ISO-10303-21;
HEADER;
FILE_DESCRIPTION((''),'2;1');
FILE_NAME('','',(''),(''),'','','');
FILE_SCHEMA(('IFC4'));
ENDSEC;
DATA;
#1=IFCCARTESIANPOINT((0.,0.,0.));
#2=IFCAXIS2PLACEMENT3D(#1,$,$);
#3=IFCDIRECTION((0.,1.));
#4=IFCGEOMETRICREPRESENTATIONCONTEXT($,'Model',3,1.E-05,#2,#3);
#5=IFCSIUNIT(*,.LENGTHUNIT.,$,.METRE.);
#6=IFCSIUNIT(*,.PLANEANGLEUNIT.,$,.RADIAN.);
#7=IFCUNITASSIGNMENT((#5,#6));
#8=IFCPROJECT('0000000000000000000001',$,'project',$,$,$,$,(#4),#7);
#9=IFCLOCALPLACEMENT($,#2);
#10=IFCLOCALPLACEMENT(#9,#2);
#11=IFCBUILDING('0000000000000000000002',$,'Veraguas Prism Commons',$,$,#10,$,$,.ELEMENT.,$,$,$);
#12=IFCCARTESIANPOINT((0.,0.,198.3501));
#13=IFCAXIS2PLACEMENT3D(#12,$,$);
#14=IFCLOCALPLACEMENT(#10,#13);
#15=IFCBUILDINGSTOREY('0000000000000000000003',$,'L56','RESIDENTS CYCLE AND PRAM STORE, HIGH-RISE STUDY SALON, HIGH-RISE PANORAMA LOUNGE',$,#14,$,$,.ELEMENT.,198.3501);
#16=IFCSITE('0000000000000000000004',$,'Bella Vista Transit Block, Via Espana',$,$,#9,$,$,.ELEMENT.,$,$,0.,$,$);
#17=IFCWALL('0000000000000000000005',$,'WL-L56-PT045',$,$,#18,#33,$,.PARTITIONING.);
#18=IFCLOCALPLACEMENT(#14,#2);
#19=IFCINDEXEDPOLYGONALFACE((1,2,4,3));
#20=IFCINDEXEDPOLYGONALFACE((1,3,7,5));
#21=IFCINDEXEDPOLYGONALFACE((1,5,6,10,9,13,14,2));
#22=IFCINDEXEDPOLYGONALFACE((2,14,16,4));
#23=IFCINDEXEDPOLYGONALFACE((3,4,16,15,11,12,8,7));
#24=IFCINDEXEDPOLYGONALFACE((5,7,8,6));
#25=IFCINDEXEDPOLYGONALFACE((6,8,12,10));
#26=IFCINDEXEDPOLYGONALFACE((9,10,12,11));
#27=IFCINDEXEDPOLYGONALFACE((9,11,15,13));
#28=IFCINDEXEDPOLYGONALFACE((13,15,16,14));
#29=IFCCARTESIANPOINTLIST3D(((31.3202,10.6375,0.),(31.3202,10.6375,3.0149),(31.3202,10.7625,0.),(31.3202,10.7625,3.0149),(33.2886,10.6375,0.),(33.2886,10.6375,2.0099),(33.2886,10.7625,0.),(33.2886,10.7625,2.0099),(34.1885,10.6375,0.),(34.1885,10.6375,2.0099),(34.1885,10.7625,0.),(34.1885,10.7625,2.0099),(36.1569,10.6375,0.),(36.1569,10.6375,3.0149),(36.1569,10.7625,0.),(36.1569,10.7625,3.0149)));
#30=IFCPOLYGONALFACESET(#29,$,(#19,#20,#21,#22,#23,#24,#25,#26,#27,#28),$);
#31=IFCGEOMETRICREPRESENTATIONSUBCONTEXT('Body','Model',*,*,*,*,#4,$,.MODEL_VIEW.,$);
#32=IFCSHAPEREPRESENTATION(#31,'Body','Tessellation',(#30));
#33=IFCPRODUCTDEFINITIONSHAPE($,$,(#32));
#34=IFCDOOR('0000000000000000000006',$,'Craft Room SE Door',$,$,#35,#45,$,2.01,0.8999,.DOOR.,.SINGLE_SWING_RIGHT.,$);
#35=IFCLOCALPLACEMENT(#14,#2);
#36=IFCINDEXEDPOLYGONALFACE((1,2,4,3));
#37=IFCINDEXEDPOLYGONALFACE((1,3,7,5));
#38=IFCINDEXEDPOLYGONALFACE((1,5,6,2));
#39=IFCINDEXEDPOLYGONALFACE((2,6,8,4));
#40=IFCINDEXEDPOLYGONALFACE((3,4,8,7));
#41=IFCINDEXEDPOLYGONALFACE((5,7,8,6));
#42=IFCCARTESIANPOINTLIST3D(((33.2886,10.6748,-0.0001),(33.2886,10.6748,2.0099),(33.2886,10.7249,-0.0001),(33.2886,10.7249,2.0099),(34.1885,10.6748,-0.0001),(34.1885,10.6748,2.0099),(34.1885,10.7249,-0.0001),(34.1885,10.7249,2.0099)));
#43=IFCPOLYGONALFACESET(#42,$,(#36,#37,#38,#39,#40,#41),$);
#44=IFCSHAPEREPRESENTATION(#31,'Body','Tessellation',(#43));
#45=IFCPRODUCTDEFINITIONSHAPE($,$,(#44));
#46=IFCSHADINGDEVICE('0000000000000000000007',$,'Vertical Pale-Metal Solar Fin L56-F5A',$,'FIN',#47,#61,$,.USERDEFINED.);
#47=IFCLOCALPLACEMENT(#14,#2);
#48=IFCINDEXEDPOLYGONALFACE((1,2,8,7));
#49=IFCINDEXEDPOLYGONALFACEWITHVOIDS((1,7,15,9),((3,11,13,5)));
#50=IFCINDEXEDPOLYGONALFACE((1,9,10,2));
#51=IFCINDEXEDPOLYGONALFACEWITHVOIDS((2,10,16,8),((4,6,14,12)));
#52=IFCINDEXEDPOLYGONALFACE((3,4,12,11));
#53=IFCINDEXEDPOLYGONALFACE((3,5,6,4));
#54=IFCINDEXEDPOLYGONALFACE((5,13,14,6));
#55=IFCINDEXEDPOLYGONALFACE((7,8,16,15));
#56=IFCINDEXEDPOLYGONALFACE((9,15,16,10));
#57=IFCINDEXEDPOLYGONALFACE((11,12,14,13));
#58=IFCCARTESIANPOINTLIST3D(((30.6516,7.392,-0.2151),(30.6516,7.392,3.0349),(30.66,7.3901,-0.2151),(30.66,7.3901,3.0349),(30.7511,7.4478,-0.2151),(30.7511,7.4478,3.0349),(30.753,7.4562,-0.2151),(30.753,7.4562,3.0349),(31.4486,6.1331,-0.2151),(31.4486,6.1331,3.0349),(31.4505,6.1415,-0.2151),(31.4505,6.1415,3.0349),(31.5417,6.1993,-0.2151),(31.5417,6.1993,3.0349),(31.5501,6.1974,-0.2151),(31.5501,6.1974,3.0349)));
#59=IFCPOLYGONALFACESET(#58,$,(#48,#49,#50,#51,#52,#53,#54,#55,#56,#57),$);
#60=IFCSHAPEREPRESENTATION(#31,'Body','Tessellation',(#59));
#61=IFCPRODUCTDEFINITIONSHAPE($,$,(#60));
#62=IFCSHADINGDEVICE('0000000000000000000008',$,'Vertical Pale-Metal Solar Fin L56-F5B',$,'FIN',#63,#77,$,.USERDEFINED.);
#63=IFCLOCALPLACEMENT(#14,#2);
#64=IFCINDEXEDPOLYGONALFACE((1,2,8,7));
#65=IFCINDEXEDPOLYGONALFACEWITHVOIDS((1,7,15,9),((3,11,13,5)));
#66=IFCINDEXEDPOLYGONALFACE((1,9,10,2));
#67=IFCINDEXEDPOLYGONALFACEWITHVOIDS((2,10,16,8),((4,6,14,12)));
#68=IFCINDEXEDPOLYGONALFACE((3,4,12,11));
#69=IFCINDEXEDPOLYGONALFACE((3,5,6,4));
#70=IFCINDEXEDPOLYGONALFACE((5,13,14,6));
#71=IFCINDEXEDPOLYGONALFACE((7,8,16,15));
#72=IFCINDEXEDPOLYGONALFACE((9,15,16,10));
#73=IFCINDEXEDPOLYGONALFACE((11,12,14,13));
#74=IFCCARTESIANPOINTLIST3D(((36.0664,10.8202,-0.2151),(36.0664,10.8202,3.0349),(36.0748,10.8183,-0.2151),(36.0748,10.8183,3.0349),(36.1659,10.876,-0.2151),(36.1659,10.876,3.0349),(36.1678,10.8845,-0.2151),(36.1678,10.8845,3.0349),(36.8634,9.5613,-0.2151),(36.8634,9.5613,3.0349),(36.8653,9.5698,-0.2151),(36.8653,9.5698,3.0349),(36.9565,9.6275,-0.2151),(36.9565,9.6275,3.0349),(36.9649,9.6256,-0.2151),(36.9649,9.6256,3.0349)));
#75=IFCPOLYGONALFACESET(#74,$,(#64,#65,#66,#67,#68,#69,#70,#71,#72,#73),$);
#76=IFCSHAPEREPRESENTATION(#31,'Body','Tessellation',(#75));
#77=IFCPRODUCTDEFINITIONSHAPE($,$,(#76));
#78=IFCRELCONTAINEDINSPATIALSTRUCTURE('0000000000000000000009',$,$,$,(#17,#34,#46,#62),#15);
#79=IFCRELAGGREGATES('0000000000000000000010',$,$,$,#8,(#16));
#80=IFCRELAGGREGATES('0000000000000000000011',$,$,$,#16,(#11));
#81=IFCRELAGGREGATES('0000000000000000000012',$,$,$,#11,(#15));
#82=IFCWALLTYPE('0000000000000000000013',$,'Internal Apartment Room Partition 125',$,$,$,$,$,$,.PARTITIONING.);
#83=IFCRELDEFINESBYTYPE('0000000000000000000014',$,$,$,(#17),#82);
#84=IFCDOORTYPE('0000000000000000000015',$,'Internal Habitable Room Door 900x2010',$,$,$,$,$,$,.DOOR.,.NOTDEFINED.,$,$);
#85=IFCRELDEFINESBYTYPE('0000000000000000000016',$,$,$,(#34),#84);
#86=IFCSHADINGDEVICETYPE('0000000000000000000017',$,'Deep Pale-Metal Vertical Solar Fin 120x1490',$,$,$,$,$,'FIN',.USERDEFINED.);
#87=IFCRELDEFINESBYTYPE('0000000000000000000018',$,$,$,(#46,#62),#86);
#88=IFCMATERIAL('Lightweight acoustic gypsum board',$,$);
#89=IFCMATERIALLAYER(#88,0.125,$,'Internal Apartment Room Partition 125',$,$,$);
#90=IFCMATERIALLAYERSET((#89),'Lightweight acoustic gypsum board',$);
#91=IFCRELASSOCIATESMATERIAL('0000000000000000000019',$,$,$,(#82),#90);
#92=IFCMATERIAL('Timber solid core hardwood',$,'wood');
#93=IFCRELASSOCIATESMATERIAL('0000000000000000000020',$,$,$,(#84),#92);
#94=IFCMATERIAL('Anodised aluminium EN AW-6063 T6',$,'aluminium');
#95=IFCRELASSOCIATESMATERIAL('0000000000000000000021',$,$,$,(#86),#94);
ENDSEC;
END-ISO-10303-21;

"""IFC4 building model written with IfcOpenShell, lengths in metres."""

from ifc_helpers import new_model, si_unit, direction, frame, frame_2d, origin, origin_2d, place, context, subcontext, project, spatial, rectangle, hollow_rectangle, extrude, source, transform, mapped, material, layer, layer_set, material_profile, profile_set, type_object, element, fill, save


model = new_model("IFC4")

# Units and contexts
model_context = context("Model", 3, precision=1e-05, world=origin(), true_north=direction((0.0, 1.0)))
body_context = subcontext(model_context, "Body", "Model", "MODEL_VIEW")
ifc_project = project(units=[si_unit("LENGTHUNIT", "METRE"), si_unit("PLANEANGLEUNIT", "RADIAN")], contexts=[model_context])

# Site, building, storey
site_placement = place(None, origin())
site = spatial("IfcSite", under=ifc_project, at=site_placement, Name="Bella Vista Transit Block, Via Espana", CompositionType="ELEMENT", RefElevation=0.0)
building_placement = place(site_placement, origin())
building = spatial("IfcBuilding", under=site, at=building_placement, Name="Veraguas Prism Commons", CompositionType="ELEMENT")
storey_placement = place(building_placement, frame((0.0, 0.0, 198.3501)))
storey = spatial("IfcBuildingStorey", under=building, at=storey_placement, Name="L56", Description="RESIDENTS CYCLE AND PRAM STORE, HIGH-RISE STUDY SALON, HIGH-RISE PANORAMA LOUNGE", CompositionType="ELEMENT", Elevation=198.3501)

# Shared definitions
ifc_material_1 = material(Name="Anodised aluminium EN AW-6063 T6", Category="aluminium")

# Wall, opening, door
shared_shape_1 = source(origin(), body_context, "Body", "SweptSolid", [
    extrude(rectangle(XDim=0.8999, YDim=2.01, at=frame_2d((0.45, 1.0049))), frame((0.0, 0.0249, 0.0), z_axis=(0.0, -1.0, 0.0), x_axis=(1.0, 0.0, 0.0)), (0.0, 0.0, 1.0), 0.05),
])
ifc_material_2 = material(Name="Lightweight acoustic gypsum board")
ifc_layer_1 = layer(ifc_material_2, 0.125, Name="Internal Apartment Room Partition 125")
ifc_layer_set_1 = layer_set([ifc_layer_1], Name="Lightweight acoustic gypsum board")
wall_type_1 = type_object("IfcWallType", Name="Internal Apartment Room Partition 125", PredefinedType="PARTITIONING", material=ifc_layer_set_1)
wall_1_placement = place(storey_placement, frame((31.3201, 10.7, 0.0), z_axis=(0.0, 0.0, 1.0), x_axis=(1.0, 0.0, 0.0)))
wall_1 = element("IfcWall", 1, at=wall_1_placement, inside=storey, type_object=wall_type_1, Name="WL-L56-PT045", PredefinedType="PARTITIONING", context=body_context, shape_type="SweptSolid", body=[
    extrude(rectangle(XDim=4.8367, YDim=0.125, at=frame_2d((2.4185, 0.0))), origin(), (0.0, 0.0, 1.0), 3.0149),
])
opening_1_placement = place(wall_1_placement, frame((1.9685, 0.0, 0.0)))
opening_1 = element("IfcOpeningElement", 2, at=opening_1_placement, cuts=wall_1, PredefinedType="OPENING", context=body_context, shape_type="SweptSolid", body=[
    extrude(rectangle(XDim=0.8999, YDim=2.01, at=frame_2d((0.45, 1.0049))), frame((0.0, 0.0725, 0.0), z_axis=(0.0, -1.0, 0.0), x_axis=(1.0, 0.0, 0.0)), (0.0, 0.0, 1.0), 0.145),
])
ifc_material_3 = material(Name="Timber solid core hardwood", Category="wood")
door_type_1 = type_object("IfcDoorType", Name="Internal Habitable Room Door 900x2010", OperationType="NOTDEFINED", PredefinedType="DOOR", material=ifc_material_3)
door_1_placement = place(opening_1_placement, origin())
door_1 = element("IfcDoor", 3, at=door_1_placement, inside=storey, type_object=door_type_1, Name="Craft Room SE Door", OperationType="SINGLE_SWING_RIGHT", OverallHeight=2.01, OverallWidth=0.8999, PredefinedType="DOOR", context=body_context, shape_type="MappedRepresentation", body=[
    mapped(shared_shape_1, transform((0.0, 0.0, 0.0), scale=1.0)),
])
fill(opening_1, door_1)

# Shading devices
ifc_material_profile_1 = material_profile(ifc_material_1, hollow_rectangle(XDim=0.1201, YDim=1.49, WallThickness=0.0061, at=origin_2d()), Name="FIN120X1490X6")
ifc_profile_set_1 = profile_set([ifc_material_profile_1], Name="Anodised aluminium EN AW-6063 T6")
shading_device_type = type_object("IfcShadingDeviceType", Name="Deep Pale-Metal Vertical Solar Fin 120x1490", ElementType="FIN", PredefinedType="USERDEFINED", material=ifc_profile_set_1)
for number, where, z_axis, x_axis, name in (
    (4, (31.1008, 6.7947, -0.2151), (0.0, 0.0, 1.0), (0.844887, 0.534945, 0.0), "Vertical Pale-Metal Solar Fin L56-F5A"),
    (5, (36.5156, 10.2229, -0.2151), (0.0, 0.0, 1.0), (0.844887, 0.534945, 0.0), "Vertical Pale-Metal Solar Fin L56-F5B"),
):
    element("IfcShadingDevice", number, at=place(storey_placement, frame(where, z_axis=z_axis, x_axis=x_axis)), inside=storey, type_object=shading_device_type, Name=name, ObjectType="FIN", PredefinedType="USERDEFINED", context=body_context, shape_type="SweptSolid", body=[
        extrude(hollow_rectangle(XDim=0.1201, YDim=1.49, WallThickness=0.0061, at=origin_2d()), origin(), (0.0, 0.0, 1.0), 3.25),
    ])

save(model, "model.ifc")
